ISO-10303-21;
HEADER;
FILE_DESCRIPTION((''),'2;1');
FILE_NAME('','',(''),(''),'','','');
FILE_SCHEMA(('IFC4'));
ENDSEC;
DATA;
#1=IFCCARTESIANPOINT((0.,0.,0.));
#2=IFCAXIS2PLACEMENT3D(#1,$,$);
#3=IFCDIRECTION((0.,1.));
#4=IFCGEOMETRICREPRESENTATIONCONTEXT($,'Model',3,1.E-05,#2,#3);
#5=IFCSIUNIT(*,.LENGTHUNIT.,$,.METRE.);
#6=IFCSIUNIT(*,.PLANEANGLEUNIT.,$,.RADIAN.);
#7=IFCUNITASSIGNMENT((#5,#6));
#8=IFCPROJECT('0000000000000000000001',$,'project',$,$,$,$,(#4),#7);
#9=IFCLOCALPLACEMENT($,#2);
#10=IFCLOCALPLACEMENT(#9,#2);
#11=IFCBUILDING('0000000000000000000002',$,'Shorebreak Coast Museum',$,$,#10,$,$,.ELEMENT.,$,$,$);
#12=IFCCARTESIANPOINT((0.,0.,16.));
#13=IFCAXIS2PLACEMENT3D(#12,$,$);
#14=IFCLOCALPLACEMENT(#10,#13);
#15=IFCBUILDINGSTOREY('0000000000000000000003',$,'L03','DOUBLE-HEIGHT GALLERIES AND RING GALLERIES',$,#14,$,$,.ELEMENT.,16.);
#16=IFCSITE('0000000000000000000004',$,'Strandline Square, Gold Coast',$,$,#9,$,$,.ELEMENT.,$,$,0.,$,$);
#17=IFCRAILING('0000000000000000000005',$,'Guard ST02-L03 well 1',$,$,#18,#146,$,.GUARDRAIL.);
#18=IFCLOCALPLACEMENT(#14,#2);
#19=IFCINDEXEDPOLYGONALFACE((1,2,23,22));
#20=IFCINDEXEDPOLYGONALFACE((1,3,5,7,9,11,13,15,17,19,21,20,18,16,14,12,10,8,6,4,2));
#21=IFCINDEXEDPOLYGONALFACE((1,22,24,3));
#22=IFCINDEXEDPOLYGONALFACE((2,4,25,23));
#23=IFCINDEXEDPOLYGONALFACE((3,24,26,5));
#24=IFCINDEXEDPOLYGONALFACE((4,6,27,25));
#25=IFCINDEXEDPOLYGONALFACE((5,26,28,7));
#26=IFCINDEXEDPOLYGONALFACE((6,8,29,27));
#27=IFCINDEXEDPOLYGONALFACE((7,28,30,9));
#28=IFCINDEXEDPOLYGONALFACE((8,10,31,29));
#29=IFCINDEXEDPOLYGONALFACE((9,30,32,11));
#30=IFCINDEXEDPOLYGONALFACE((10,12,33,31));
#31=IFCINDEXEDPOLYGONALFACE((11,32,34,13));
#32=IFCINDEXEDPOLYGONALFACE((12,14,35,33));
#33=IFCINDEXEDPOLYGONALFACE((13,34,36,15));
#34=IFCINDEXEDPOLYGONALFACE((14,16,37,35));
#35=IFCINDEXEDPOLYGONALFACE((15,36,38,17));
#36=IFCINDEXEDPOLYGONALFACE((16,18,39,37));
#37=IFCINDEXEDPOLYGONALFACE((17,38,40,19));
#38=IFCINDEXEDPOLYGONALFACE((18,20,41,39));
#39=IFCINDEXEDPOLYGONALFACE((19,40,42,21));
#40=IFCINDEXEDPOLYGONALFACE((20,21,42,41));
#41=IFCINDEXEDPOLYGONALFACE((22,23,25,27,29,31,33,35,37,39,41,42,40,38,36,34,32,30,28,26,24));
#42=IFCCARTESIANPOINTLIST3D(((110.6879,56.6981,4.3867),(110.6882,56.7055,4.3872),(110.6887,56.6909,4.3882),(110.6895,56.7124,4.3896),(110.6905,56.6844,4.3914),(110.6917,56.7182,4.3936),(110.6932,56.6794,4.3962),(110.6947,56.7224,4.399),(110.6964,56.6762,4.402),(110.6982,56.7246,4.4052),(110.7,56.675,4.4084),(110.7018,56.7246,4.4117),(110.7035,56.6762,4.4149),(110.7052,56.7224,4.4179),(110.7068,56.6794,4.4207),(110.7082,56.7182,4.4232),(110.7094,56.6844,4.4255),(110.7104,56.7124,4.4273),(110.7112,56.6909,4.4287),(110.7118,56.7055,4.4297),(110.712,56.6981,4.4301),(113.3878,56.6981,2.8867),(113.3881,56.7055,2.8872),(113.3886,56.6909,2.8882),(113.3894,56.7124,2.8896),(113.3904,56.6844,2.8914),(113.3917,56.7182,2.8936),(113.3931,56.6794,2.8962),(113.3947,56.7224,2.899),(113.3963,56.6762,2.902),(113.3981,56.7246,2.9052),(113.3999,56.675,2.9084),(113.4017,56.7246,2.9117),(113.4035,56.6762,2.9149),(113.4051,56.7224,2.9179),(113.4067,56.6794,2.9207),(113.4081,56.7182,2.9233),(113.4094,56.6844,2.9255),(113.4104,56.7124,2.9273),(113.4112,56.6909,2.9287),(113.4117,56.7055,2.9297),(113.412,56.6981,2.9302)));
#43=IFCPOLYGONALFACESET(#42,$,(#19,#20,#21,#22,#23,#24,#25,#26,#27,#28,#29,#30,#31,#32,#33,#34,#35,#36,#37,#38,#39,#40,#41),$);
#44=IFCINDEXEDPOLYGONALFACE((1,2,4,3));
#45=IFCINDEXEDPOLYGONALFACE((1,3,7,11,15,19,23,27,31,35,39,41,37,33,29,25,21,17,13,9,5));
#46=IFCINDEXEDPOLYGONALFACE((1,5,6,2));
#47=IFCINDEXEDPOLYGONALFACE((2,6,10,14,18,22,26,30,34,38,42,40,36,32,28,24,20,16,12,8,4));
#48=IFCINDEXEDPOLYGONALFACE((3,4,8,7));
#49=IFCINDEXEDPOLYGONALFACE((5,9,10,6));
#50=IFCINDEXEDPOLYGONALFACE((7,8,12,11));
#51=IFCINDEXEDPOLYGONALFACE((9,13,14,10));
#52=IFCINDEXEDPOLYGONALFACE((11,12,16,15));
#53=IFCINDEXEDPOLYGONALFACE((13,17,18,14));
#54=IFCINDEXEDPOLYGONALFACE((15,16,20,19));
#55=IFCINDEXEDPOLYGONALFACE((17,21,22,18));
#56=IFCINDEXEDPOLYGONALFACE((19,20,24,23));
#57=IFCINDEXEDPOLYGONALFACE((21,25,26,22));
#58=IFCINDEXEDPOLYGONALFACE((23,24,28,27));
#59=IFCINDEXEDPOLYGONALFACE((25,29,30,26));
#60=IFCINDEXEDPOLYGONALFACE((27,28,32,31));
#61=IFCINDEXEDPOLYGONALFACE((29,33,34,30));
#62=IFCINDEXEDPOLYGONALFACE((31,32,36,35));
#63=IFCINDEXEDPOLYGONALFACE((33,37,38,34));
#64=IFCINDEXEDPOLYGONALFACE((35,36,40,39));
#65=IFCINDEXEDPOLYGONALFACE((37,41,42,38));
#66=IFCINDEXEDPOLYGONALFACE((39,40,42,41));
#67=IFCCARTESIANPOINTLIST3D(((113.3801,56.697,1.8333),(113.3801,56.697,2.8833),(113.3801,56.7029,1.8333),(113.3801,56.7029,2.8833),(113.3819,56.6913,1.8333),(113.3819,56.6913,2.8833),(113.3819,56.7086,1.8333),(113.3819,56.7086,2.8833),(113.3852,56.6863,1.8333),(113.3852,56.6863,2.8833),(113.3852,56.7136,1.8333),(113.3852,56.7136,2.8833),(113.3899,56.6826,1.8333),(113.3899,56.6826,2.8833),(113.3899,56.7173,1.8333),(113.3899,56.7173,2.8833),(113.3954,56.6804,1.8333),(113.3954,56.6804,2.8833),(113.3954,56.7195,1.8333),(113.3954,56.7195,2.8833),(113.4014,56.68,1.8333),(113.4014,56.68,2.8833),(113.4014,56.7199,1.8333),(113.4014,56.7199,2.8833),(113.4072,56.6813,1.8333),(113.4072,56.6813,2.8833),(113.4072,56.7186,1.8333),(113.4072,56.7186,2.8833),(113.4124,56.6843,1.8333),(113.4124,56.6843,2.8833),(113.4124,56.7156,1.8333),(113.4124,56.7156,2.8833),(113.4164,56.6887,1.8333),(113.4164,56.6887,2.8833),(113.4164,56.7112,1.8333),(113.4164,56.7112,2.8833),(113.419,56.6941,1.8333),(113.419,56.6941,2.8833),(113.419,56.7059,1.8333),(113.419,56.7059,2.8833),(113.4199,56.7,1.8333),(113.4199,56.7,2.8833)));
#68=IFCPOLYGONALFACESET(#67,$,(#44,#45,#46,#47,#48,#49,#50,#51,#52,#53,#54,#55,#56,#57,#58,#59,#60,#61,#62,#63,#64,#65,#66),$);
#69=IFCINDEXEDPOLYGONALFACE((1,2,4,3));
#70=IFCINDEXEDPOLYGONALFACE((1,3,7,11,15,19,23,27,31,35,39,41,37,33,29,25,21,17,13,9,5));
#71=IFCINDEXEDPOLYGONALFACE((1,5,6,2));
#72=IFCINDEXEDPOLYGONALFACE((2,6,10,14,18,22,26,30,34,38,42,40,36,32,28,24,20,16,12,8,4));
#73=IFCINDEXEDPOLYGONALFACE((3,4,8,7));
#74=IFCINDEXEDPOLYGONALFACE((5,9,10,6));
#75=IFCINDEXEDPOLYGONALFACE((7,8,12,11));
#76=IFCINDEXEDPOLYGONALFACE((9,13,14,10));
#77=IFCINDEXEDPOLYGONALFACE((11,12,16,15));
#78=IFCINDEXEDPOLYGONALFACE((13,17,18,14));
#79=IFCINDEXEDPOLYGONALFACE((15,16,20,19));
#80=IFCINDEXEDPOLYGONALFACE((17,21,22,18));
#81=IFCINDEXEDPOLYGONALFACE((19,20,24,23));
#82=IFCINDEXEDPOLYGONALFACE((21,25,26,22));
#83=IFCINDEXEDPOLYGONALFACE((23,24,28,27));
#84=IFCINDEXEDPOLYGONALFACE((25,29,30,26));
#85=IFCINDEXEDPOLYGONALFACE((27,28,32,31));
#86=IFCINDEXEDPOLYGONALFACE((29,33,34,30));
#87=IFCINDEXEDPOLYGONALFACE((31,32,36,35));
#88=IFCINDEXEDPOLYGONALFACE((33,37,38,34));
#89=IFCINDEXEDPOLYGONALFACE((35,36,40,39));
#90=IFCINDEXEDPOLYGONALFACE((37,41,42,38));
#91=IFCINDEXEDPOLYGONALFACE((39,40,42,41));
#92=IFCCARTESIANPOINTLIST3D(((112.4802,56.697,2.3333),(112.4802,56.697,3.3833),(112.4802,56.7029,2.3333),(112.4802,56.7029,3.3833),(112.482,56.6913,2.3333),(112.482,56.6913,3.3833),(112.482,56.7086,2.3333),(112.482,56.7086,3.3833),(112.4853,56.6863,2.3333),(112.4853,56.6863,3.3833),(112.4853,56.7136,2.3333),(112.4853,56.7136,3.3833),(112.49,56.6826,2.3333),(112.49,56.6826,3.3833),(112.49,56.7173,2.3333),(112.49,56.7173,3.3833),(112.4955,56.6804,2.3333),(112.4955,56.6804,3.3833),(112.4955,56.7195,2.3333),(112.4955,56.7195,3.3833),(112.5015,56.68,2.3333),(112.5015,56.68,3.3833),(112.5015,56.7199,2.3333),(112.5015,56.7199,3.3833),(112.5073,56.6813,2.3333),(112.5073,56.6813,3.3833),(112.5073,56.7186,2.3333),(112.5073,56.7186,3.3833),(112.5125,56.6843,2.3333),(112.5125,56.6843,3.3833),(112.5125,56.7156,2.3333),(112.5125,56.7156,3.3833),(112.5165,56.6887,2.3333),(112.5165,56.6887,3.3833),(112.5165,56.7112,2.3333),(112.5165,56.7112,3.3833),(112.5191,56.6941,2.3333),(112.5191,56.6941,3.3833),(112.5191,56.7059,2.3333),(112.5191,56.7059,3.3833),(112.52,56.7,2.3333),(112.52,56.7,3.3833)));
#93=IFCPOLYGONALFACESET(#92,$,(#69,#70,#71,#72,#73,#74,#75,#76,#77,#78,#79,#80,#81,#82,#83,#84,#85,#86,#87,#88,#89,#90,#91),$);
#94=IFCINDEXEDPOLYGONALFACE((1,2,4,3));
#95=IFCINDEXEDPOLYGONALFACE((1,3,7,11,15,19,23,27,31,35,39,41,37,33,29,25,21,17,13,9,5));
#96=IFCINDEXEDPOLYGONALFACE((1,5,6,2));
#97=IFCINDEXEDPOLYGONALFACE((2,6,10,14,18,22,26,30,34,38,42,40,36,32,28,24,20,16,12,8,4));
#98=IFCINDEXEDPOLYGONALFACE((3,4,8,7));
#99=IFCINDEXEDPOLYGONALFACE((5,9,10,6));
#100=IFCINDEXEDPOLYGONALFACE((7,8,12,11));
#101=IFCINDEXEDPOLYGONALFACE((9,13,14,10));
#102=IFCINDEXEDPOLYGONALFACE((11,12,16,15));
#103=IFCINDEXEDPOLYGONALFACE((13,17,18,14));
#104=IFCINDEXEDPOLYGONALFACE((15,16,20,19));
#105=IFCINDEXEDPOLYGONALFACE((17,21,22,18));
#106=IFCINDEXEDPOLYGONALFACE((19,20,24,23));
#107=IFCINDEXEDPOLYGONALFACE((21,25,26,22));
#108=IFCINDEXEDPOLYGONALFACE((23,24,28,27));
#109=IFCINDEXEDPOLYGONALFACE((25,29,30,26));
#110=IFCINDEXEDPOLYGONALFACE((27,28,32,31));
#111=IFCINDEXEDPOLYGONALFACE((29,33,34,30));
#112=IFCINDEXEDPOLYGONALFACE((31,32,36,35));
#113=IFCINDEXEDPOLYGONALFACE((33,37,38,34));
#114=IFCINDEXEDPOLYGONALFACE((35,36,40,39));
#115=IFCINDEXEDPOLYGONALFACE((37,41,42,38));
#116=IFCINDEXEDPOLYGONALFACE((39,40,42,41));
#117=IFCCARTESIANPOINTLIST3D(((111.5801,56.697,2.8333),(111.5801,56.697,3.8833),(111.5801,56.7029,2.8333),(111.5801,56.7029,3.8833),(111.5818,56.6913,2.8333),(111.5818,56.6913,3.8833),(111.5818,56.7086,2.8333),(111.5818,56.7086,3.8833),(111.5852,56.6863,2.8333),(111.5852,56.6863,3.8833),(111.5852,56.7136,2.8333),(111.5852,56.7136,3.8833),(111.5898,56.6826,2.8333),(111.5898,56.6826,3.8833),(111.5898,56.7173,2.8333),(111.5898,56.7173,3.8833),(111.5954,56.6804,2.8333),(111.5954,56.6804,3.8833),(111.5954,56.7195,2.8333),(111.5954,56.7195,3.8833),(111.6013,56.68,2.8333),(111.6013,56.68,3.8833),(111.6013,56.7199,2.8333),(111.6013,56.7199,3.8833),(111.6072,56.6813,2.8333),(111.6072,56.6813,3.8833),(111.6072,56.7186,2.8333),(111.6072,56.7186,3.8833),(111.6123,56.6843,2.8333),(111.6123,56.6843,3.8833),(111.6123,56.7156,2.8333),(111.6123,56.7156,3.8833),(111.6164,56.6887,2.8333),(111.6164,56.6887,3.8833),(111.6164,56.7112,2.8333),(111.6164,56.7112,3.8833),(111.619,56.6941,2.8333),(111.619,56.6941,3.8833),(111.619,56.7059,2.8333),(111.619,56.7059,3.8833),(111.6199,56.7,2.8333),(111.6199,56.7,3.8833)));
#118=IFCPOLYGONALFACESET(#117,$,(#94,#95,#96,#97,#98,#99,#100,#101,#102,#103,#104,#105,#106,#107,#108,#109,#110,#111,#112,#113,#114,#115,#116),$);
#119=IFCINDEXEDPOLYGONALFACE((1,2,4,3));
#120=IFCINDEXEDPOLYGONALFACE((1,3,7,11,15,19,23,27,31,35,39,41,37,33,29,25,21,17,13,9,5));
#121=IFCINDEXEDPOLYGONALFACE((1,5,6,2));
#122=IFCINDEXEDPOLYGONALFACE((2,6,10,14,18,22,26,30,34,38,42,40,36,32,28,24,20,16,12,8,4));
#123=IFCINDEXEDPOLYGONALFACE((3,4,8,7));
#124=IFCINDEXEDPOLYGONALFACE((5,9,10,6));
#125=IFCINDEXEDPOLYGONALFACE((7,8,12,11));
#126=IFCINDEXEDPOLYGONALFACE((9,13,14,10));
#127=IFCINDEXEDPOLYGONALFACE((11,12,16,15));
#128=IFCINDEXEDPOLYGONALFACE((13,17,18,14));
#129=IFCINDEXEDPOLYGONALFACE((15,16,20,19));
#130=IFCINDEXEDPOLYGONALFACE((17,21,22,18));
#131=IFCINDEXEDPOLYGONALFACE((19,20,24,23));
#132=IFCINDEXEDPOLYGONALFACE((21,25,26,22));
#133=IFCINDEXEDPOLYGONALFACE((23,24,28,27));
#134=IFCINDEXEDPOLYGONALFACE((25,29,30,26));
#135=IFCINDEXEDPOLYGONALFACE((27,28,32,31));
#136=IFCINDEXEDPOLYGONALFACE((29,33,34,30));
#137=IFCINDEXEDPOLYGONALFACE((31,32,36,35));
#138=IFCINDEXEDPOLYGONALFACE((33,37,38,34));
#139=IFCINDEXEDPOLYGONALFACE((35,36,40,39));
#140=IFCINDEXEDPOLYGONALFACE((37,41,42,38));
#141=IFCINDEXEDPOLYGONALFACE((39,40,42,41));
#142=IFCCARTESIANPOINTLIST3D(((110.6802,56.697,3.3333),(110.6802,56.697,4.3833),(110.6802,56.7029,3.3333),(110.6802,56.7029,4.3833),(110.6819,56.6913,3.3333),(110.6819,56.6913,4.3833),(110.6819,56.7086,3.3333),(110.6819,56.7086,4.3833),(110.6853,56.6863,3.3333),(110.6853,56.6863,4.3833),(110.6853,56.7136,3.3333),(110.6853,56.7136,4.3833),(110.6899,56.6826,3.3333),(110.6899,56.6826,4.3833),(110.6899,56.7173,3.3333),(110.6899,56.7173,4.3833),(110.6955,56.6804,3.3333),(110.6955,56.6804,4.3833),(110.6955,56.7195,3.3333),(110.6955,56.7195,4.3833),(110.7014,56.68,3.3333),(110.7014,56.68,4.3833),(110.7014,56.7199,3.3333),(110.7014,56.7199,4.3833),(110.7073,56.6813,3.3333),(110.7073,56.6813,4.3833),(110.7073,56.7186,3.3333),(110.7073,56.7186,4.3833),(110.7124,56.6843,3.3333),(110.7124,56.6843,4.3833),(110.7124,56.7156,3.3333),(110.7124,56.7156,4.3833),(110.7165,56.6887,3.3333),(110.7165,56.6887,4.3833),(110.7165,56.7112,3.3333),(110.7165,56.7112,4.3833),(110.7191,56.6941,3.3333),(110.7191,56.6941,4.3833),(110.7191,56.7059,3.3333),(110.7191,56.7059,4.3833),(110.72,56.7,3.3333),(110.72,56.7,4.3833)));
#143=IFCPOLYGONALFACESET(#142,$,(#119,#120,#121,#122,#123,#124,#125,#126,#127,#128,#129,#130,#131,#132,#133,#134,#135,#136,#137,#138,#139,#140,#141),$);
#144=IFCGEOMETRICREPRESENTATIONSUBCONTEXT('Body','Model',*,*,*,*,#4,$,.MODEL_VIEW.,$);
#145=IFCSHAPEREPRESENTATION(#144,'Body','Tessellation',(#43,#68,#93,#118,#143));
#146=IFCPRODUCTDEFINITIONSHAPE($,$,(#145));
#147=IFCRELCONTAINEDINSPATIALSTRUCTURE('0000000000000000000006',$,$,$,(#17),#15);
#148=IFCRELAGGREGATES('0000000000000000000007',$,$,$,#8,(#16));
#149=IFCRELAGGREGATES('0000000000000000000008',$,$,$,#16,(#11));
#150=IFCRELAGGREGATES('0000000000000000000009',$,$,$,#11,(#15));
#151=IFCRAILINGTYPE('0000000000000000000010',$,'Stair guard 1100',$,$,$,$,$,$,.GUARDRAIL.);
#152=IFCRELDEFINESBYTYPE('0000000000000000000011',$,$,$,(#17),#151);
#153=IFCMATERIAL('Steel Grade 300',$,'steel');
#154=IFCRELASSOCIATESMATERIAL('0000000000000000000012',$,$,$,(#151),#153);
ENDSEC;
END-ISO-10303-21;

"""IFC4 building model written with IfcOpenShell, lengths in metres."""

from ifc_helpers import new_model, si_unit, direction, frame, origin, origin_2d, place, context, subcontext, project, spatial, circle, extrude, material, type_object, element, save


model = new_model("IFC4")

# Units and contexts
model_context = context("Model", 3, precision=1e-05, world=origin(), true_north=direction((0.0, 1.0)))
body_context = subcontext(model_context, "Body", "Model", "MODEL_VIEW")
ifc_project = project(units=[si_unit("LENGTHUNIT", "METRE"), si_unit("PLANEANGLEUNIT", "RADIAN")], contexts=[model_context])

# Site, building, storey
site_placement = place(None, origin())
site = spatial("IfcSite", under=ifc_project, at=site_placement, Name="Strandline Square, Gold Coast", CompositionType="ELEMENT", RefElevation=0.0)
building_placement = place(site_placement, origin())
building = spatial("IfcBuilding", under=site, at=building_placement, Name="Shorebreak Coast Museum", CompositionType="ELEMENT")
storey_placement = place(building_placement, frame((0.0, 0.0, 16.0)))
storey = spatial("IfcBuildingStorey", under=building, at=storey_placement, Name="L03", Description="DOUBLE-HEIGHT GALLERIES AND RING GALLERIES", CompositionType="ELEMENT", Elevation=16.0)

# Railing
ifc_material_1 = material(Name="Steel Grade 300", Category="steel")
railing_type_1 = type_object("IfcRailingType", Name="Stair guard 1100", PredefinedType="GUARDRAIL", material=ifc_material_1)
for number, where, name in (
    (1, (113.3999, 56.7, 1.8333), "Guard ST02-L03 well 1"),
):
    element("IfcRailing", number, at=place(storey_placement, frame(where)), inside=storey, type_object=railing_type_1, Name=name, PredefinedType="GUARDRAIL", context=body_context, shape_type="SweptSolid", body=[
        extrude(circle(Radius=0.0249, at=origin_2d()), frame((0.0, 0.0, 1.0752), z_axis=(-0.874154, 0.0, 0.48565), x_axis=(0.0, -1.0, 0.0)), (0.0, 0.0, 1.0), 3.0886),
        extrude(circle(Radius=0.02, at=origin_2d()), origin(), (0.0, 0.0, 1.0), 1.05),
        extrude(circle(Radius=0.02, at=origin_2d()), frame((-0.8999, 0.0, 0.5)), (0.0, 0.0, 1.0), 1.05),
        extrude(circle(Radius=0.02, at=origin_2d()), frame((-1.8, 0.0, 1.0)), (0.0, 0.0, 1.0), 1.05),
        extrude(circle(Radius=0.02, at=origin_2d()), frame((-2.7, 0.0, 1.5)), (0.0, 0.0, 1.0), 1.05),
    ])

save(model, "model.ifc")
